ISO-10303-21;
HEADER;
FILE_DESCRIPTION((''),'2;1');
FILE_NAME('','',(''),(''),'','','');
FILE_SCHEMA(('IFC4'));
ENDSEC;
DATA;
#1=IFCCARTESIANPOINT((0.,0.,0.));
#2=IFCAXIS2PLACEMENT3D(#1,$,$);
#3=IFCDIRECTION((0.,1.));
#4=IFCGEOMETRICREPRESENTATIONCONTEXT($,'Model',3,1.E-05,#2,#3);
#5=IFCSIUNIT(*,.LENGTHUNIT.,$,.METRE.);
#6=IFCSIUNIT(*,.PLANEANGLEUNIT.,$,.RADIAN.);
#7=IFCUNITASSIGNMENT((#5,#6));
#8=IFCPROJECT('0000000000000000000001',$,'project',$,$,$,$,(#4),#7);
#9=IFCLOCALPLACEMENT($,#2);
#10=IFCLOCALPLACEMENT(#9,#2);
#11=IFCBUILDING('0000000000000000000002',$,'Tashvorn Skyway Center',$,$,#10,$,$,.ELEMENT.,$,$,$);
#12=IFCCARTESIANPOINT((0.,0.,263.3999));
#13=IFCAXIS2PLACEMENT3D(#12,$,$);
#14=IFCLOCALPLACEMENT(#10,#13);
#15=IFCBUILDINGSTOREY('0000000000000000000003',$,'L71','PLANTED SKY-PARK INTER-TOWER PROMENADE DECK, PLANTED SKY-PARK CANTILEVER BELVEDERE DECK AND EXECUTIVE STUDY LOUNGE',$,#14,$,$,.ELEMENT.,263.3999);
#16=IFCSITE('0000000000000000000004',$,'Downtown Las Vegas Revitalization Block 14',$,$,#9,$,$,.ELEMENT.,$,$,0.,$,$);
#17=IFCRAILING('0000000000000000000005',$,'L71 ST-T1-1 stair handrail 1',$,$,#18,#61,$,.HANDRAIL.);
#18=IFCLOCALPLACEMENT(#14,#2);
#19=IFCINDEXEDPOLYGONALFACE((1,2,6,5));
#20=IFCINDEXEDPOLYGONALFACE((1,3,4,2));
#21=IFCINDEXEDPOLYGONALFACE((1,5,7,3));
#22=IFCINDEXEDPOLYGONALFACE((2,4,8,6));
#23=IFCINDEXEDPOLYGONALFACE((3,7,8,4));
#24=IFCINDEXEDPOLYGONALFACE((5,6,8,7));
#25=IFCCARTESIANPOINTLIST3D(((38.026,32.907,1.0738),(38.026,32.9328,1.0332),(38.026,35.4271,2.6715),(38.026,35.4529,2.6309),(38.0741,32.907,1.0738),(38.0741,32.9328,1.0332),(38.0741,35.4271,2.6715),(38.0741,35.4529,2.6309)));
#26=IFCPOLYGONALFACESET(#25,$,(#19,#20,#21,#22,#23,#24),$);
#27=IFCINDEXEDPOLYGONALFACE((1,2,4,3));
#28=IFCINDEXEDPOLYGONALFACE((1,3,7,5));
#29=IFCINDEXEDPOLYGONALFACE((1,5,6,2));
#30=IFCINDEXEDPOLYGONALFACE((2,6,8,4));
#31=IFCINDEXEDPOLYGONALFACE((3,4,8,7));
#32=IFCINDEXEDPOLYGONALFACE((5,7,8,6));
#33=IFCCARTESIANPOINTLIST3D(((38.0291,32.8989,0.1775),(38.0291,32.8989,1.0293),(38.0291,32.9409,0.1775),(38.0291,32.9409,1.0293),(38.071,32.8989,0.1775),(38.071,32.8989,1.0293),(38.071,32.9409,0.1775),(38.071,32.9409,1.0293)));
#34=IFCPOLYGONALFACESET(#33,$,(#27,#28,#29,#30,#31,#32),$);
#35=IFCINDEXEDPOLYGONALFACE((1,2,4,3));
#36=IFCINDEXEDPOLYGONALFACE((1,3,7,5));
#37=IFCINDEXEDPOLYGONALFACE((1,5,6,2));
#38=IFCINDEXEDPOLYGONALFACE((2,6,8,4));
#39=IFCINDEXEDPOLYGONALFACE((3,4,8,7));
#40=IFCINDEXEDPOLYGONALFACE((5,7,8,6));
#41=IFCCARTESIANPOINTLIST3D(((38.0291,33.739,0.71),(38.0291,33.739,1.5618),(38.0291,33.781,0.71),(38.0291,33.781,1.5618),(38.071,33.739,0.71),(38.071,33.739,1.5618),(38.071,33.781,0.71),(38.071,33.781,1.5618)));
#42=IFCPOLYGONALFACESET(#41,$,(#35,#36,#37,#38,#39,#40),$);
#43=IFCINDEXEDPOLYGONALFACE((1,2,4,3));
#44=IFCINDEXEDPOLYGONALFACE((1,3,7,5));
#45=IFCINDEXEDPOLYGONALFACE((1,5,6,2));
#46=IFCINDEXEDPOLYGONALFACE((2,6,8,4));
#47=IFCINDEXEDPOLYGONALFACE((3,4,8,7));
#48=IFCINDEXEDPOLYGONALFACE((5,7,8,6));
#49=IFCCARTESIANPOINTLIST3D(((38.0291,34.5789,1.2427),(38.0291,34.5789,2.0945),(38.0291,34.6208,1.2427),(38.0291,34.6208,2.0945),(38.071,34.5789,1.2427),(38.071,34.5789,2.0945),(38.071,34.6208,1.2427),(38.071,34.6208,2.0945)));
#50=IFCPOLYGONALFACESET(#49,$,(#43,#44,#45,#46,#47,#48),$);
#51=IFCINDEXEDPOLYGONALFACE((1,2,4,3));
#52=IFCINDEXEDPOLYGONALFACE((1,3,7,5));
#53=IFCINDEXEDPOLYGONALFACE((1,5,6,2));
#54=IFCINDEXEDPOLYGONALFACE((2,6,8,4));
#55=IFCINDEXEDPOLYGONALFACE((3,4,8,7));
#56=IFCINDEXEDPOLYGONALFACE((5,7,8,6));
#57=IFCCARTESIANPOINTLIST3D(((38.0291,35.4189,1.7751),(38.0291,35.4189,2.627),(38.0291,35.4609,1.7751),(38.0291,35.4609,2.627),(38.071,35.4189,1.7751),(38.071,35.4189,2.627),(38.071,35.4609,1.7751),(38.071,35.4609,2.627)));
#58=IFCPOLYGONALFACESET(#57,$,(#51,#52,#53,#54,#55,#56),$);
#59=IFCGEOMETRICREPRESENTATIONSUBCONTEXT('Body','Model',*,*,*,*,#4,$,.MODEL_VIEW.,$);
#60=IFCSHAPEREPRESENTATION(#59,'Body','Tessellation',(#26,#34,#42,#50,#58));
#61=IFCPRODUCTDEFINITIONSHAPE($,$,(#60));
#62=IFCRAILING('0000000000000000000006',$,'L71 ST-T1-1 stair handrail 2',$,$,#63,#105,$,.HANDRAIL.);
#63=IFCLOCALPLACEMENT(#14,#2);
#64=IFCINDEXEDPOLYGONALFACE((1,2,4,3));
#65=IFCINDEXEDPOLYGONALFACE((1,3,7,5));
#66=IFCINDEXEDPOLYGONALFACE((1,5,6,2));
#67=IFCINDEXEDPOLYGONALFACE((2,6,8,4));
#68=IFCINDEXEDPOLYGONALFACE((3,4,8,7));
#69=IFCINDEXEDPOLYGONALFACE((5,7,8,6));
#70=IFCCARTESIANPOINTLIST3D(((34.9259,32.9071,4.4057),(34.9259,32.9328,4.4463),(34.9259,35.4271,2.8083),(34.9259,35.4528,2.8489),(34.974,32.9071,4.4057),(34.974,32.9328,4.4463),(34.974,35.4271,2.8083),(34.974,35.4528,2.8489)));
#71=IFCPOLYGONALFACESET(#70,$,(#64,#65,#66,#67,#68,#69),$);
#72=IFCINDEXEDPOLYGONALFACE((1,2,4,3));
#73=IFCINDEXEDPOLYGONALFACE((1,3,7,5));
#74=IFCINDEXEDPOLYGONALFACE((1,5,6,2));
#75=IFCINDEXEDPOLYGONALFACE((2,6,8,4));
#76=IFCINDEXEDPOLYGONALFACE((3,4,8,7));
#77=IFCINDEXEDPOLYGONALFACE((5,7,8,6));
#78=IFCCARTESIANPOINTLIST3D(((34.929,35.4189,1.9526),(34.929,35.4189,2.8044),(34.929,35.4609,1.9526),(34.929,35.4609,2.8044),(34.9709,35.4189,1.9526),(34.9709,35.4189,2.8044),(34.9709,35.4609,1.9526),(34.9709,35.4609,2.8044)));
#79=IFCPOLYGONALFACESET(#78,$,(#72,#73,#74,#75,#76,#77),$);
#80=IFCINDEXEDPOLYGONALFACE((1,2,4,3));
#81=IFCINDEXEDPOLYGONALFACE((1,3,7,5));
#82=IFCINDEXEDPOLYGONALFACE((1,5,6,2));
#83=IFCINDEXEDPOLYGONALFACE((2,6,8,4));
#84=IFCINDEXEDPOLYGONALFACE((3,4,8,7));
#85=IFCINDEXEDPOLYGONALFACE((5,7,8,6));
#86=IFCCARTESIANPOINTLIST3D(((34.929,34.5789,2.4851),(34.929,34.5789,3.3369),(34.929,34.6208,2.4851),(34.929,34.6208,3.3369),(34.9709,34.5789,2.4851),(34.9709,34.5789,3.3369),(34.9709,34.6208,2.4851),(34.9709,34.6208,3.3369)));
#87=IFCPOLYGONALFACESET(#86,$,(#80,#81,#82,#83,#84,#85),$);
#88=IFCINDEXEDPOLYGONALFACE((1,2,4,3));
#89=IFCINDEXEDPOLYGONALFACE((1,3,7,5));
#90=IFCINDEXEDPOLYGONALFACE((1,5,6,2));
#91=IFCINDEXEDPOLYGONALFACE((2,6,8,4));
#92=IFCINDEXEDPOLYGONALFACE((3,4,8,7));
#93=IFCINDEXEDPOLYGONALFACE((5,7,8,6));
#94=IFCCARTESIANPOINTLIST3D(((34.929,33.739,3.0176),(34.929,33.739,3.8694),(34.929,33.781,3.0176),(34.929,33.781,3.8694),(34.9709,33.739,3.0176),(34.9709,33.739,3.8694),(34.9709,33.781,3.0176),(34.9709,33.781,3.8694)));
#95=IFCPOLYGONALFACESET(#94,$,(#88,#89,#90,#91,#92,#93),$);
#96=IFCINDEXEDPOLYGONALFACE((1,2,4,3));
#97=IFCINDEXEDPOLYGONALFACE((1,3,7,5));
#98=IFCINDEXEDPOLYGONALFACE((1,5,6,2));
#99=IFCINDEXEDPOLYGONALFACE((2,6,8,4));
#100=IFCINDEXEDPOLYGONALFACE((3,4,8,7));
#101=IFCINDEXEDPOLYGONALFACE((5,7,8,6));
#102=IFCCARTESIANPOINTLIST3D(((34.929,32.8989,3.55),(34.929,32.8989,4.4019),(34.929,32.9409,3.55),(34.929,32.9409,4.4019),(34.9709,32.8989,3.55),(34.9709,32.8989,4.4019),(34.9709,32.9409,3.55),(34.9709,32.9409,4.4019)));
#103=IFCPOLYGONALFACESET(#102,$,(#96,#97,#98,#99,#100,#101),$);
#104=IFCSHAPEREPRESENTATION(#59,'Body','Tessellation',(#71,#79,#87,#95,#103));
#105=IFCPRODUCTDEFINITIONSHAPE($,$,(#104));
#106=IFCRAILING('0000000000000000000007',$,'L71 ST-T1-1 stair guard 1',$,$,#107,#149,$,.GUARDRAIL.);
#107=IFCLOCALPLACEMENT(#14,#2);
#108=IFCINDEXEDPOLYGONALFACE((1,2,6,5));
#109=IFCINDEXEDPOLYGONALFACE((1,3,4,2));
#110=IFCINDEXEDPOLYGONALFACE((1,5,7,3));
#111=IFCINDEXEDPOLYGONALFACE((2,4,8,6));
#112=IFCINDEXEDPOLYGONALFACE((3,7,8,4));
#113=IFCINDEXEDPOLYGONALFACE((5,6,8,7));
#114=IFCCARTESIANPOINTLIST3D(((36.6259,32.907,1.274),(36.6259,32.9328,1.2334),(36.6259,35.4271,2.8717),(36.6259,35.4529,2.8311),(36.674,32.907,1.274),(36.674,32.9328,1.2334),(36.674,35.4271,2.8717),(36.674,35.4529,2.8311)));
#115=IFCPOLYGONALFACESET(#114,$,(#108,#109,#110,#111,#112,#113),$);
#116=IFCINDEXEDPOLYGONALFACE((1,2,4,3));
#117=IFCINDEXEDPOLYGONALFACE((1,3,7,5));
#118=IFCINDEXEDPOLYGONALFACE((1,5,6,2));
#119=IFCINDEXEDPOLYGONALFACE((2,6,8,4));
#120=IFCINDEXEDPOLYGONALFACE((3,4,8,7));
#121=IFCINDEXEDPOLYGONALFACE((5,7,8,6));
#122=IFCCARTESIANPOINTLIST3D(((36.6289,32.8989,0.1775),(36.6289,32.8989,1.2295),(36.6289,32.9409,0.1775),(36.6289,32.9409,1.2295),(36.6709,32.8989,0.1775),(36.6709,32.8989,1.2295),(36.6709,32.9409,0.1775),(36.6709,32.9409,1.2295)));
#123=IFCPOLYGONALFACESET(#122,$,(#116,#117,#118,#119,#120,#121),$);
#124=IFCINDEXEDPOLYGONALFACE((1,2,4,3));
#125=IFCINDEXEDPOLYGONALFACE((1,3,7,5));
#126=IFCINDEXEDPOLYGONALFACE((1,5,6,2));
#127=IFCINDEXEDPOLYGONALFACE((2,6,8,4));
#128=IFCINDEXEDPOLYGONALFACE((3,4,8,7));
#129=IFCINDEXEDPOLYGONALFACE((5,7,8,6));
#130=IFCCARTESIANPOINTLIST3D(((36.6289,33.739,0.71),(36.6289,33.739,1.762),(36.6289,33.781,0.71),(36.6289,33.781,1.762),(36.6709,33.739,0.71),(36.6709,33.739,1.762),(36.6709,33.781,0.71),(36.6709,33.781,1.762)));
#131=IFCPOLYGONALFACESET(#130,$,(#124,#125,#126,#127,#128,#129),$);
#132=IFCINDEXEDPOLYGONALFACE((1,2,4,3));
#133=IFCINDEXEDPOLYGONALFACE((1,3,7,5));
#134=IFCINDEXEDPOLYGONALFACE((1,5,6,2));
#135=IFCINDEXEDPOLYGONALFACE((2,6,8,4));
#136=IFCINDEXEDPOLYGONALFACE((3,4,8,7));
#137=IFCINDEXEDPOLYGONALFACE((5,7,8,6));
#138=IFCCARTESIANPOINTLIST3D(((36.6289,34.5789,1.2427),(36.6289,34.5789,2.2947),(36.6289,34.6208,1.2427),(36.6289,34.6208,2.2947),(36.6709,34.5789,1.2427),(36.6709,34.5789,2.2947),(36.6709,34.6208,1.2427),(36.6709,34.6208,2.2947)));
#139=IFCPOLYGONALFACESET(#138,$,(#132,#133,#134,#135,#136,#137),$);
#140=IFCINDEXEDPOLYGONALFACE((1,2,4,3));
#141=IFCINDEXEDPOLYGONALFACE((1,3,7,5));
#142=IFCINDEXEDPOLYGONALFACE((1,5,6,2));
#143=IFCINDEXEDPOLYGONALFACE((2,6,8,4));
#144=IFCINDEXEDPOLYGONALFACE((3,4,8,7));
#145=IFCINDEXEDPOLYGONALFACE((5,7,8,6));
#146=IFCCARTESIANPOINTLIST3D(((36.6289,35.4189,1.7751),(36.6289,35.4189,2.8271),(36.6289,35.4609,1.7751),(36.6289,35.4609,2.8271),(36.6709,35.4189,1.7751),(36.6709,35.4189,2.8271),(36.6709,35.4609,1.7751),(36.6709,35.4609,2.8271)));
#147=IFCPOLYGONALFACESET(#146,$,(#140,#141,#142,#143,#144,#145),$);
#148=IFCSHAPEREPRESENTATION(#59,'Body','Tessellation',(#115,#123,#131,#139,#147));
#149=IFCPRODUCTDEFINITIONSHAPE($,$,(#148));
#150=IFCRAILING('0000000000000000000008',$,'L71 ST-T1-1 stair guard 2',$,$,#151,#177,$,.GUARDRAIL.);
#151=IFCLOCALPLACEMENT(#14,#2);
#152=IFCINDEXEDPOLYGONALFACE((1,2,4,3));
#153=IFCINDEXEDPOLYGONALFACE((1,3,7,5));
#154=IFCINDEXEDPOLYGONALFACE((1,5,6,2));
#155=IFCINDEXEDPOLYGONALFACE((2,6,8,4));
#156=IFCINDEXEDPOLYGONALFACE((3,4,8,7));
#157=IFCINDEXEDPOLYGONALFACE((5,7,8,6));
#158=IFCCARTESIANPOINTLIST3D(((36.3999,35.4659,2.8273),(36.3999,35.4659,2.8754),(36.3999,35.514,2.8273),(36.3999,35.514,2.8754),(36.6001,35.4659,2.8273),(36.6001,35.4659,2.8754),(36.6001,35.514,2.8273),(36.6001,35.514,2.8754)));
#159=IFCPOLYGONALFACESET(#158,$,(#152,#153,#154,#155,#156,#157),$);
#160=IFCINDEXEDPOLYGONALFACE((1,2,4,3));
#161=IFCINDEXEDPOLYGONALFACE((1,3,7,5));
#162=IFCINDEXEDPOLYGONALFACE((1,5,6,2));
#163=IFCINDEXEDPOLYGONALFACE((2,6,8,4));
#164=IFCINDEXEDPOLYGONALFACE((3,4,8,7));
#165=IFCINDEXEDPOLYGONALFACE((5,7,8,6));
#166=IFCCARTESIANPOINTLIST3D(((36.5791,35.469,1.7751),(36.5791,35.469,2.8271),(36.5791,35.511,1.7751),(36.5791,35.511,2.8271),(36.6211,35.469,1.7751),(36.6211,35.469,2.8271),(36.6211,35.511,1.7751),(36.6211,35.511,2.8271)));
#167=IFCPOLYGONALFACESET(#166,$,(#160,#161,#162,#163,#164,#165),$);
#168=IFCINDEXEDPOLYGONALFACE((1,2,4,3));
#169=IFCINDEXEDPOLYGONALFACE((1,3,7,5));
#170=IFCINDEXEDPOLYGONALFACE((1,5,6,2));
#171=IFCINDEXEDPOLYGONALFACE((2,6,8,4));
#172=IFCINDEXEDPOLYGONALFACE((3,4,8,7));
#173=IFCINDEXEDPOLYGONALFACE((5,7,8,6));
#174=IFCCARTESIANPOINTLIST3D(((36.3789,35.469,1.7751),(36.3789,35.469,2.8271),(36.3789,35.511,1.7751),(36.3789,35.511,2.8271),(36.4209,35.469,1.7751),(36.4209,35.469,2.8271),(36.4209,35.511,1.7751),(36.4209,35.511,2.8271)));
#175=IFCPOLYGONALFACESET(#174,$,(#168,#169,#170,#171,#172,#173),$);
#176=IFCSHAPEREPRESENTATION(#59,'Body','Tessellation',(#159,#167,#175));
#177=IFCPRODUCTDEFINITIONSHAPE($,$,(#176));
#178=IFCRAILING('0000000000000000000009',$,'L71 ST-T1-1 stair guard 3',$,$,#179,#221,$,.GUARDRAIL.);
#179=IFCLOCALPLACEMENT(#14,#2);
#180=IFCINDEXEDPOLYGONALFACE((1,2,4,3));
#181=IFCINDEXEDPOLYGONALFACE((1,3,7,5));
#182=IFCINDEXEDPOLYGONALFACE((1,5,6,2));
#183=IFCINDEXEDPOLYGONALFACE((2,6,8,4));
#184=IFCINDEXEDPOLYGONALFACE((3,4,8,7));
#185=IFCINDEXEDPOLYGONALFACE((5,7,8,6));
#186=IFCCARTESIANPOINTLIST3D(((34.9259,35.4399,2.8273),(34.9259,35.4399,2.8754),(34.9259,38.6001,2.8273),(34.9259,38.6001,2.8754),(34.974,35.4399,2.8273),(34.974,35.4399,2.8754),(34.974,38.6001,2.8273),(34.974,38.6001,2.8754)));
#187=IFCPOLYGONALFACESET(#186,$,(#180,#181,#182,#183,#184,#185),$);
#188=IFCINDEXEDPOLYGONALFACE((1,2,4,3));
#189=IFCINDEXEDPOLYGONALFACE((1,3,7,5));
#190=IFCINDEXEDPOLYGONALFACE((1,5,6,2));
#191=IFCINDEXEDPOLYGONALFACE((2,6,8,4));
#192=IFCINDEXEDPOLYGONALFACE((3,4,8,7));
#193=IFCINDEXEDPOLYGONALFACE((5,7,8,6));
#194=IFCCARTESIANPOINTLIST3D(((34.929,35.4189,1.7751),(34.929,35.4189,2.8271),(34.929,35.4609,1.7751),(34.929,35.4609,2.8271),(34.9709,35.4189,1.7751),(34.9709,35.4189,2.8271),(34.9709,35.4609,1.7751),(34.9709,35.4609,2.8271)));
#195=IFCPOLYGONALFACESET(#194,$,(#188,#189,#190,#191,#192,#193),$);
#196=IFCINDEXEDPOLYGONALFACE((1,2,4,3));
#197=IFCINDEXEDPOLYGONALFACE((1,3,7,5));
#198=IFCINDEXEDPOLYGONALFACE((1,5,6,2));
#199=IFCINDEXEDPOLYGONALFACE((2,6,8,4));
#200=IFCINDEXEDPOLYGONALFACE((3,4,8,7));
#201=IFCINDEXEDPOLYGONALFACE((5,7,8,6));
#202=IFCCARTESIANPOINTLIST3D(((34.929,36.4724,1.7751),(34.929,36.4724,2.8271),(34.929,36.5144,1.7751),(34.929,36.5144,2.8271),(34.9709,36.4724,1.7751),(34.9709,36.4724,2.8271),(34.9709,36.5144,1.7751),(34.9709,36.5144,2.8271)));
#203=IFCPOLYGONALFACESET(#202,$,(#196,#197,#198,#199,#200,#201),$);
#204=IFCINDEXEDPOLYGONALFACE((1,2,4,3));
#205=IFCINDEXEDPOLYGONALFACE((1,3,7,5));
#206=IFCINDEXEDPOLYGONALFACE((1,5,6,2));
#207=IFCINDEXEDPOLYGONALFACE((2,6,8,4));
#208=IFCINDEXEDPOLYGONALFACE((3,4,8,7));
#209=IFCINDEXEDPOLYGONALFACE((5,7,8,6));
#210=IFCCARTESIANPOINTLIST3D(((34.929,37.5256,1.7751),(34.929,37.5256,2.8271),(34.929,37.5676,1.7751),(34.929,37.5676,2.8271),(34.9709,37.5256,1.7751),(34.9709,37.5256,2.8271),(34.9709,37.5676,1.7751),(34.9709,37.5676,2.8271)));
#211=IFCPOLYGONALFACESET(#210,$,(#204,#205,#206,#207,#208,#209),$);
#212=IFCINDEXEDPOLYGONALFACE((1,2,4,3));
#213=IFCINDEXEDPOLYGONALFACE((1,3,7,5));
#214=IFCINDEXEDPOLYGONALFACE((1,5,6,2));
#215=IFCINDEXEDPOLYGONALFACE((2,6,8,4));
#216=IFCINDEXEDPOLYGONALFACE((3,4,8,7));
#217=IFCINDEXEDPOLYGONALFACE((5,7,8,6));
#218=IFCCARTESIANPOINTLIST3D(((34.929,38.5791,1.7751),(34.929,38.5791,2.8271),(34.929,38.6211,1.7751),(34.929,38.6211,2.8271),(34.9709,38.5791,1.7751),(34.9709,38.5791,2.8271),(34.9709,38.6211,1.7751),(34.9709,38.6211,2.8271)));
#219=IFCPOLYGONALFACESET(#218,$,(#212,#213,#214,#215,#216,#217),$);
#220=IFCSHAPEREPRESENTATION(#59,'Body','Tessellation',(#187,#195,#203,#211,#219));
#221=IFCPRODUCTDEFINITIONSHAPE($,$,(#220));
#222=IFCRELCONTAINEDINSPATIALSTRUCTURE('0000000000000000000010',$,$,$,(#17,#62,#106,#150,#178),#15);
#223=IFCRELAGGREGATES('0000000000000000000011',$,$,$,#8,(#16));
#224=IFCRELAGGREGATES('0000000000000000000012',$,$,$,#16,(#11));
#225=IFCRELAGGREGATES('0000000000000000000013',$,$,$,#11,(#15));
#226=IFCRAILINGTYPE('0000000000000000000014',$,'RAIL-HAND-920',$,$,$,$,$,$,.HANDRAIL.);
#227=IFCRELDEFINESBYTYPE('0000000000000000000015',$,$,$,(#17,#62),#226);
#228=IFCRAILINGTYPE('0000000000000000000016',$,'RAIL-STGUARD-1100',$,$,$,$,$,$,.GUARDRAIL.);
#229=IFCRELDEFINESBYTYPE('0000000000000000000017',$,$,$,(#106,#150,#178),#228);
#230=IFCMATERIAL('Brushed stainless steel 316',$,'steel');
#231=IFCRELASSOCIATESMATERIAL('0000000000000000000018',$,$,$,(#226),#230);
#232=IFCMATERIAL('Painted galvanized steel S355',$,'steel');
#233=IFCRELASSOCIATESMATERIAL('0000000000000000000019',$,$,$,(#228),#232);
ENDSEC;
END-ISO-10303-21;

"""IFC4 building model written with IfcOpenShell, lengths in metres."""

from ifc_helpers import new_model, si_unit, direction, frame, origin, origin_2d, place, context, subcontext, project, spatial, rectangle, extrude, material, type_object, element, save


model = new_model("IFC4")

# Units and contexts
model_context = context("Model", 3, precision=1e-05, world=origin(), true_north=direction((0.0, 1.0)))
body_context = subcontext(model_context, "Body", "Model", "MODEL_VIEW")
ifc_project = project(units=[si_unit("LENGTHUNIT", "METRE"), si_unit("PLANEANGLEUNIT", "RADIAN")], contexts=[model_context])

# Site, building, storey
site_placement = place(None, origin())
site = spatial("IfcSite", under=ifc_project, at=site_placement, Name="Downtown Las Vegas Revitalization Block 14", CompositionType="ELEMENT", RefElevation=0.0)
building_placement = place(site_placement, origin())
building = spatial("IfcBuilding", under=site, at=building_placement, Name="Tashvorn Skyway Center", CompositionType="ELEMENT")
storey_placement = place(building_placement, frame((0.0, 0.0, 263.3999)))
storey = spatial("IfcBuildingStorey", under=building, at=storey_placement, Name="L71", Description="PLANTED SKY-PARK INTER-TOWER PROMENADE DECK, PLANTED SKY-PARK CANTILEVER BELVEDERE DECK AND EXECUTIVE STUDY LOUNGE", CompositionType="ELEMENT", Elevation=263.3999)

# Railings
ifc_material_1 = material(Name="Brushed stainless steel 316", Category="steel")
railing_type_1 = type_object("IfcRailingType", Name="RAIL-HAND-920", PredefinedType="HANDRAIL", material=ifc_material_1)
railing_1_placement = place(storey_placement, frame((38.05, 32.9199, 0.1775)))
element("IfcRailing", 1, at=railing_1_placement, inside=storey, type_object=railing_type_1, Name="L71 ST-T1-1 stair handrail 1", PredefinedType="HANDRAIL", context=body_context, shape_type="SweptSolid", body=[
    extrude(rectangle(XDim=0.0481, YDim=0.0481, at=origin_2d()), frame((0.0, 0.0, 0.876), z_axis=(0.0, 0.84457, 0.535445), x_axis=(-1.0, 0.0, 0.0)), (0.0, 0.0, 1.0), 2.9839),
    extrude(rectangle(XDim=0.042, YDim=0.042, at=origin_2d()), origin(), (0.0, 0.0, 1.0), 0.8518),
    extrude(rectangle(XDim=0.042, YDim=0.042, at=origin_2d()), frame((0.0, 0.8401, 0.5325)), (0.0, 0.0, 1.0), 0.8518),
    extrude(rectangle(XDim=0.042, YDim=0.042, at=origin_2d()), frame((0.0, 1.6799, 1.0652)), (0.0, 0.0, 1.0), 0.8518),
    extrude(rectangle(XDim=0.042, YDim=0.042, at=origin_2d()), frame((0.0, 2.52, 1.5977)), (0.0, 0.0, 1.0), 0.8518),
])
railing_2_placement = place(storey_placement, frame((34.95, 35.4399, 1.9526)))
element("IfcRailing", 2, at=railing_2_placement, inside=storey, type_object=railing_type_1, Name="L71 ST-T1-1 stair handrail 2", PredefinedType="HANDRAIL", context=body_context, shape_type="SweptSolid", body=[
    extrude(rectangle(XDim=0.0481, YDim=0.0481, at=origin_2d()), frame((0.0, 0.0, 0.876), z_axis=(0.0, -0.844607, 0.535387), x_axis=(1.0, 0.0, 0.0)), (0.0, 0.0, 1.0), 2.9836),
    extrude(rectangle(XDim=0.042, YDim=0.042, at=origin_2d()), origin(), (0.0, 0.0, 1.0), 0.8518),
    extrude(rectangle(XDim=0.042, YDim=0.042, at=origin_2d()), frame((0.0, -0.8401, 0.5325)), (0.0, 0.0, 1.0), 0.8518),
    extrude(rectangle(XDim=0.042, YDim=0.042, at=origin_2d()), frame((0.0, -1.6799, 1.0649)), (0.0, 0.0, 1.0), 0.8518),
    extrude(rectangle(XDim=0.042, YDim=0.042, at=origin_2d()), frame((0.0, -2.52, 1.5974)), (0.0, 0.0, 1.0), 0.8518),
])
ifc_material_2 = material(Name="Painted galvanized steel S355", Category="steel")
railing_type_2 = type_object("IfcRailingType", Name="RAIL-STGUARD-1100", PredefinedType="GUARDRAIL", material=ifc_material_2)
railing_3_placement = place(storey_placement, frame((36.6499, 32.9199, 0.1775)))
element("IfcRailing", 3, at=railing_3_placement, inside=storey, type_object=railing_type_2, Name="L71 ST-T1-1 stair guard 1", PredefinedType="GUARDRAIL", context=body_context, shape_type="SweptSolid", body=[
    extrude(rectangle(XDim=0.0481, YDim=0.0481, at=origin_2d()), frame((0.0, 0.0, 1.0762), z_axis=(0.0, 0.84457, 0.535445), x_axis=(-1.0, 0.0, 0.0)), (0.0, 0.0, 1.0), 2.9839),
    extrude(rectangle(XDim=0.042, YDim=0.042, at=origin_2d()), origin(), (0.0, 0.0, 1.0), 1.052),
    extrude(rectangle(XDim=0.042, YDim=0.042, at=origin_2d()), frame((0.0, 0.8401, 0.5325)), (0.0, 0.0, 1.0), 1.052),
    extrude(rectangle(XDim=0.042, YDim=0.042, at=origin_2d()), frame((0.0, 1.6799, 1.0652)), (0.0, 0.0, 1.0), 1.052),
    extrude(rectangle(XDim=0.042, YDim=0.042, at=origin_2d()), frame((0.0, 2.52, 1.5977)), (0.0, 0.0, 1.0), 1.052),
])
railing_4_placement = place(storey_placement, frame((36.6001, 35.49, 1.7751)))
element("IfcRailing", 4, at=railing_4_placement, inside=storey, type_object=railing_type_2, Name="L71 ST-T1-1 stair guard 2", PredefinedType="GUARDRAIL", context=body_context, shape_type="SweptSolid", body=[
    extrude(rectangle(XDim=0.0481, YDim=0.0481, at=origin_2d()), frame((0.0, 0.0, 1.0762), z_axis=(-1.0, 0.0, 0.0), x_axis=(0.0, -1.0, 0.0)), (0.0, 0.0, 1.0), 0.2002),
    extrude(rectangle(XDim=0.042, YDim=0.042, at=origin_2d()), origin(), (0.0, 0.0, 1.0), 1.052),
    extrude(rectangle(XDim=0.042, YDim=0.042, at=origin_2d()), frame((-0.2002, 0.0, 0.0)), (0.0, 0.0, 1.0), 1.052),
])
railing_5_placement = place(storey_placement, frame((34.95, 35.4399, 1.7751)))
element("IfcRailing", 5, at=railing_5_placement, inside=storey, type_object=railing_type_2, Name="L71 ST-T1-1 stair guard 3", PredefinedType="GUARDRAIL", context=body_context, shape_type="SweptSolid", body=[
    extrude(rectangle(XDim=0.0481, YDim=0.0481, at=origin_2d()), frame((0.0, 0.0, 1.0762), z_axis=(0.0, 1.0, 0.0), x_axis=(-1.0, 0.0, 0.0)), (0.0, 0.0, 1.0), 3.1602),
    extrude(rectangle(XDim=0.042, YDim=0.042, at=origin_2d()), origin(), (0.0, 0.0, 1.0), 1.052),
    extrude(rectangle(XDim=0.042, YDim=0.042, at=origin_2d()), frame((0.0, 1.0535, 0.0)), (0.0, 0.0, 1.0), 1.052),
    extrude(rectangle(XDim=0.042, YDim=0.042, at=origin_2d()), frame((0.0, 2.1067, 0.0)), (0.0, 0.0, 1.0), 1.052),
    extrude(rectangle(XDim=0.042, YDim=0.042, at=origin_2d()), frame((0.0, 3.1602, 0.0)), (0.0, 0.0, 1.0), 1.052),
])

save(model, "model.ifc")
